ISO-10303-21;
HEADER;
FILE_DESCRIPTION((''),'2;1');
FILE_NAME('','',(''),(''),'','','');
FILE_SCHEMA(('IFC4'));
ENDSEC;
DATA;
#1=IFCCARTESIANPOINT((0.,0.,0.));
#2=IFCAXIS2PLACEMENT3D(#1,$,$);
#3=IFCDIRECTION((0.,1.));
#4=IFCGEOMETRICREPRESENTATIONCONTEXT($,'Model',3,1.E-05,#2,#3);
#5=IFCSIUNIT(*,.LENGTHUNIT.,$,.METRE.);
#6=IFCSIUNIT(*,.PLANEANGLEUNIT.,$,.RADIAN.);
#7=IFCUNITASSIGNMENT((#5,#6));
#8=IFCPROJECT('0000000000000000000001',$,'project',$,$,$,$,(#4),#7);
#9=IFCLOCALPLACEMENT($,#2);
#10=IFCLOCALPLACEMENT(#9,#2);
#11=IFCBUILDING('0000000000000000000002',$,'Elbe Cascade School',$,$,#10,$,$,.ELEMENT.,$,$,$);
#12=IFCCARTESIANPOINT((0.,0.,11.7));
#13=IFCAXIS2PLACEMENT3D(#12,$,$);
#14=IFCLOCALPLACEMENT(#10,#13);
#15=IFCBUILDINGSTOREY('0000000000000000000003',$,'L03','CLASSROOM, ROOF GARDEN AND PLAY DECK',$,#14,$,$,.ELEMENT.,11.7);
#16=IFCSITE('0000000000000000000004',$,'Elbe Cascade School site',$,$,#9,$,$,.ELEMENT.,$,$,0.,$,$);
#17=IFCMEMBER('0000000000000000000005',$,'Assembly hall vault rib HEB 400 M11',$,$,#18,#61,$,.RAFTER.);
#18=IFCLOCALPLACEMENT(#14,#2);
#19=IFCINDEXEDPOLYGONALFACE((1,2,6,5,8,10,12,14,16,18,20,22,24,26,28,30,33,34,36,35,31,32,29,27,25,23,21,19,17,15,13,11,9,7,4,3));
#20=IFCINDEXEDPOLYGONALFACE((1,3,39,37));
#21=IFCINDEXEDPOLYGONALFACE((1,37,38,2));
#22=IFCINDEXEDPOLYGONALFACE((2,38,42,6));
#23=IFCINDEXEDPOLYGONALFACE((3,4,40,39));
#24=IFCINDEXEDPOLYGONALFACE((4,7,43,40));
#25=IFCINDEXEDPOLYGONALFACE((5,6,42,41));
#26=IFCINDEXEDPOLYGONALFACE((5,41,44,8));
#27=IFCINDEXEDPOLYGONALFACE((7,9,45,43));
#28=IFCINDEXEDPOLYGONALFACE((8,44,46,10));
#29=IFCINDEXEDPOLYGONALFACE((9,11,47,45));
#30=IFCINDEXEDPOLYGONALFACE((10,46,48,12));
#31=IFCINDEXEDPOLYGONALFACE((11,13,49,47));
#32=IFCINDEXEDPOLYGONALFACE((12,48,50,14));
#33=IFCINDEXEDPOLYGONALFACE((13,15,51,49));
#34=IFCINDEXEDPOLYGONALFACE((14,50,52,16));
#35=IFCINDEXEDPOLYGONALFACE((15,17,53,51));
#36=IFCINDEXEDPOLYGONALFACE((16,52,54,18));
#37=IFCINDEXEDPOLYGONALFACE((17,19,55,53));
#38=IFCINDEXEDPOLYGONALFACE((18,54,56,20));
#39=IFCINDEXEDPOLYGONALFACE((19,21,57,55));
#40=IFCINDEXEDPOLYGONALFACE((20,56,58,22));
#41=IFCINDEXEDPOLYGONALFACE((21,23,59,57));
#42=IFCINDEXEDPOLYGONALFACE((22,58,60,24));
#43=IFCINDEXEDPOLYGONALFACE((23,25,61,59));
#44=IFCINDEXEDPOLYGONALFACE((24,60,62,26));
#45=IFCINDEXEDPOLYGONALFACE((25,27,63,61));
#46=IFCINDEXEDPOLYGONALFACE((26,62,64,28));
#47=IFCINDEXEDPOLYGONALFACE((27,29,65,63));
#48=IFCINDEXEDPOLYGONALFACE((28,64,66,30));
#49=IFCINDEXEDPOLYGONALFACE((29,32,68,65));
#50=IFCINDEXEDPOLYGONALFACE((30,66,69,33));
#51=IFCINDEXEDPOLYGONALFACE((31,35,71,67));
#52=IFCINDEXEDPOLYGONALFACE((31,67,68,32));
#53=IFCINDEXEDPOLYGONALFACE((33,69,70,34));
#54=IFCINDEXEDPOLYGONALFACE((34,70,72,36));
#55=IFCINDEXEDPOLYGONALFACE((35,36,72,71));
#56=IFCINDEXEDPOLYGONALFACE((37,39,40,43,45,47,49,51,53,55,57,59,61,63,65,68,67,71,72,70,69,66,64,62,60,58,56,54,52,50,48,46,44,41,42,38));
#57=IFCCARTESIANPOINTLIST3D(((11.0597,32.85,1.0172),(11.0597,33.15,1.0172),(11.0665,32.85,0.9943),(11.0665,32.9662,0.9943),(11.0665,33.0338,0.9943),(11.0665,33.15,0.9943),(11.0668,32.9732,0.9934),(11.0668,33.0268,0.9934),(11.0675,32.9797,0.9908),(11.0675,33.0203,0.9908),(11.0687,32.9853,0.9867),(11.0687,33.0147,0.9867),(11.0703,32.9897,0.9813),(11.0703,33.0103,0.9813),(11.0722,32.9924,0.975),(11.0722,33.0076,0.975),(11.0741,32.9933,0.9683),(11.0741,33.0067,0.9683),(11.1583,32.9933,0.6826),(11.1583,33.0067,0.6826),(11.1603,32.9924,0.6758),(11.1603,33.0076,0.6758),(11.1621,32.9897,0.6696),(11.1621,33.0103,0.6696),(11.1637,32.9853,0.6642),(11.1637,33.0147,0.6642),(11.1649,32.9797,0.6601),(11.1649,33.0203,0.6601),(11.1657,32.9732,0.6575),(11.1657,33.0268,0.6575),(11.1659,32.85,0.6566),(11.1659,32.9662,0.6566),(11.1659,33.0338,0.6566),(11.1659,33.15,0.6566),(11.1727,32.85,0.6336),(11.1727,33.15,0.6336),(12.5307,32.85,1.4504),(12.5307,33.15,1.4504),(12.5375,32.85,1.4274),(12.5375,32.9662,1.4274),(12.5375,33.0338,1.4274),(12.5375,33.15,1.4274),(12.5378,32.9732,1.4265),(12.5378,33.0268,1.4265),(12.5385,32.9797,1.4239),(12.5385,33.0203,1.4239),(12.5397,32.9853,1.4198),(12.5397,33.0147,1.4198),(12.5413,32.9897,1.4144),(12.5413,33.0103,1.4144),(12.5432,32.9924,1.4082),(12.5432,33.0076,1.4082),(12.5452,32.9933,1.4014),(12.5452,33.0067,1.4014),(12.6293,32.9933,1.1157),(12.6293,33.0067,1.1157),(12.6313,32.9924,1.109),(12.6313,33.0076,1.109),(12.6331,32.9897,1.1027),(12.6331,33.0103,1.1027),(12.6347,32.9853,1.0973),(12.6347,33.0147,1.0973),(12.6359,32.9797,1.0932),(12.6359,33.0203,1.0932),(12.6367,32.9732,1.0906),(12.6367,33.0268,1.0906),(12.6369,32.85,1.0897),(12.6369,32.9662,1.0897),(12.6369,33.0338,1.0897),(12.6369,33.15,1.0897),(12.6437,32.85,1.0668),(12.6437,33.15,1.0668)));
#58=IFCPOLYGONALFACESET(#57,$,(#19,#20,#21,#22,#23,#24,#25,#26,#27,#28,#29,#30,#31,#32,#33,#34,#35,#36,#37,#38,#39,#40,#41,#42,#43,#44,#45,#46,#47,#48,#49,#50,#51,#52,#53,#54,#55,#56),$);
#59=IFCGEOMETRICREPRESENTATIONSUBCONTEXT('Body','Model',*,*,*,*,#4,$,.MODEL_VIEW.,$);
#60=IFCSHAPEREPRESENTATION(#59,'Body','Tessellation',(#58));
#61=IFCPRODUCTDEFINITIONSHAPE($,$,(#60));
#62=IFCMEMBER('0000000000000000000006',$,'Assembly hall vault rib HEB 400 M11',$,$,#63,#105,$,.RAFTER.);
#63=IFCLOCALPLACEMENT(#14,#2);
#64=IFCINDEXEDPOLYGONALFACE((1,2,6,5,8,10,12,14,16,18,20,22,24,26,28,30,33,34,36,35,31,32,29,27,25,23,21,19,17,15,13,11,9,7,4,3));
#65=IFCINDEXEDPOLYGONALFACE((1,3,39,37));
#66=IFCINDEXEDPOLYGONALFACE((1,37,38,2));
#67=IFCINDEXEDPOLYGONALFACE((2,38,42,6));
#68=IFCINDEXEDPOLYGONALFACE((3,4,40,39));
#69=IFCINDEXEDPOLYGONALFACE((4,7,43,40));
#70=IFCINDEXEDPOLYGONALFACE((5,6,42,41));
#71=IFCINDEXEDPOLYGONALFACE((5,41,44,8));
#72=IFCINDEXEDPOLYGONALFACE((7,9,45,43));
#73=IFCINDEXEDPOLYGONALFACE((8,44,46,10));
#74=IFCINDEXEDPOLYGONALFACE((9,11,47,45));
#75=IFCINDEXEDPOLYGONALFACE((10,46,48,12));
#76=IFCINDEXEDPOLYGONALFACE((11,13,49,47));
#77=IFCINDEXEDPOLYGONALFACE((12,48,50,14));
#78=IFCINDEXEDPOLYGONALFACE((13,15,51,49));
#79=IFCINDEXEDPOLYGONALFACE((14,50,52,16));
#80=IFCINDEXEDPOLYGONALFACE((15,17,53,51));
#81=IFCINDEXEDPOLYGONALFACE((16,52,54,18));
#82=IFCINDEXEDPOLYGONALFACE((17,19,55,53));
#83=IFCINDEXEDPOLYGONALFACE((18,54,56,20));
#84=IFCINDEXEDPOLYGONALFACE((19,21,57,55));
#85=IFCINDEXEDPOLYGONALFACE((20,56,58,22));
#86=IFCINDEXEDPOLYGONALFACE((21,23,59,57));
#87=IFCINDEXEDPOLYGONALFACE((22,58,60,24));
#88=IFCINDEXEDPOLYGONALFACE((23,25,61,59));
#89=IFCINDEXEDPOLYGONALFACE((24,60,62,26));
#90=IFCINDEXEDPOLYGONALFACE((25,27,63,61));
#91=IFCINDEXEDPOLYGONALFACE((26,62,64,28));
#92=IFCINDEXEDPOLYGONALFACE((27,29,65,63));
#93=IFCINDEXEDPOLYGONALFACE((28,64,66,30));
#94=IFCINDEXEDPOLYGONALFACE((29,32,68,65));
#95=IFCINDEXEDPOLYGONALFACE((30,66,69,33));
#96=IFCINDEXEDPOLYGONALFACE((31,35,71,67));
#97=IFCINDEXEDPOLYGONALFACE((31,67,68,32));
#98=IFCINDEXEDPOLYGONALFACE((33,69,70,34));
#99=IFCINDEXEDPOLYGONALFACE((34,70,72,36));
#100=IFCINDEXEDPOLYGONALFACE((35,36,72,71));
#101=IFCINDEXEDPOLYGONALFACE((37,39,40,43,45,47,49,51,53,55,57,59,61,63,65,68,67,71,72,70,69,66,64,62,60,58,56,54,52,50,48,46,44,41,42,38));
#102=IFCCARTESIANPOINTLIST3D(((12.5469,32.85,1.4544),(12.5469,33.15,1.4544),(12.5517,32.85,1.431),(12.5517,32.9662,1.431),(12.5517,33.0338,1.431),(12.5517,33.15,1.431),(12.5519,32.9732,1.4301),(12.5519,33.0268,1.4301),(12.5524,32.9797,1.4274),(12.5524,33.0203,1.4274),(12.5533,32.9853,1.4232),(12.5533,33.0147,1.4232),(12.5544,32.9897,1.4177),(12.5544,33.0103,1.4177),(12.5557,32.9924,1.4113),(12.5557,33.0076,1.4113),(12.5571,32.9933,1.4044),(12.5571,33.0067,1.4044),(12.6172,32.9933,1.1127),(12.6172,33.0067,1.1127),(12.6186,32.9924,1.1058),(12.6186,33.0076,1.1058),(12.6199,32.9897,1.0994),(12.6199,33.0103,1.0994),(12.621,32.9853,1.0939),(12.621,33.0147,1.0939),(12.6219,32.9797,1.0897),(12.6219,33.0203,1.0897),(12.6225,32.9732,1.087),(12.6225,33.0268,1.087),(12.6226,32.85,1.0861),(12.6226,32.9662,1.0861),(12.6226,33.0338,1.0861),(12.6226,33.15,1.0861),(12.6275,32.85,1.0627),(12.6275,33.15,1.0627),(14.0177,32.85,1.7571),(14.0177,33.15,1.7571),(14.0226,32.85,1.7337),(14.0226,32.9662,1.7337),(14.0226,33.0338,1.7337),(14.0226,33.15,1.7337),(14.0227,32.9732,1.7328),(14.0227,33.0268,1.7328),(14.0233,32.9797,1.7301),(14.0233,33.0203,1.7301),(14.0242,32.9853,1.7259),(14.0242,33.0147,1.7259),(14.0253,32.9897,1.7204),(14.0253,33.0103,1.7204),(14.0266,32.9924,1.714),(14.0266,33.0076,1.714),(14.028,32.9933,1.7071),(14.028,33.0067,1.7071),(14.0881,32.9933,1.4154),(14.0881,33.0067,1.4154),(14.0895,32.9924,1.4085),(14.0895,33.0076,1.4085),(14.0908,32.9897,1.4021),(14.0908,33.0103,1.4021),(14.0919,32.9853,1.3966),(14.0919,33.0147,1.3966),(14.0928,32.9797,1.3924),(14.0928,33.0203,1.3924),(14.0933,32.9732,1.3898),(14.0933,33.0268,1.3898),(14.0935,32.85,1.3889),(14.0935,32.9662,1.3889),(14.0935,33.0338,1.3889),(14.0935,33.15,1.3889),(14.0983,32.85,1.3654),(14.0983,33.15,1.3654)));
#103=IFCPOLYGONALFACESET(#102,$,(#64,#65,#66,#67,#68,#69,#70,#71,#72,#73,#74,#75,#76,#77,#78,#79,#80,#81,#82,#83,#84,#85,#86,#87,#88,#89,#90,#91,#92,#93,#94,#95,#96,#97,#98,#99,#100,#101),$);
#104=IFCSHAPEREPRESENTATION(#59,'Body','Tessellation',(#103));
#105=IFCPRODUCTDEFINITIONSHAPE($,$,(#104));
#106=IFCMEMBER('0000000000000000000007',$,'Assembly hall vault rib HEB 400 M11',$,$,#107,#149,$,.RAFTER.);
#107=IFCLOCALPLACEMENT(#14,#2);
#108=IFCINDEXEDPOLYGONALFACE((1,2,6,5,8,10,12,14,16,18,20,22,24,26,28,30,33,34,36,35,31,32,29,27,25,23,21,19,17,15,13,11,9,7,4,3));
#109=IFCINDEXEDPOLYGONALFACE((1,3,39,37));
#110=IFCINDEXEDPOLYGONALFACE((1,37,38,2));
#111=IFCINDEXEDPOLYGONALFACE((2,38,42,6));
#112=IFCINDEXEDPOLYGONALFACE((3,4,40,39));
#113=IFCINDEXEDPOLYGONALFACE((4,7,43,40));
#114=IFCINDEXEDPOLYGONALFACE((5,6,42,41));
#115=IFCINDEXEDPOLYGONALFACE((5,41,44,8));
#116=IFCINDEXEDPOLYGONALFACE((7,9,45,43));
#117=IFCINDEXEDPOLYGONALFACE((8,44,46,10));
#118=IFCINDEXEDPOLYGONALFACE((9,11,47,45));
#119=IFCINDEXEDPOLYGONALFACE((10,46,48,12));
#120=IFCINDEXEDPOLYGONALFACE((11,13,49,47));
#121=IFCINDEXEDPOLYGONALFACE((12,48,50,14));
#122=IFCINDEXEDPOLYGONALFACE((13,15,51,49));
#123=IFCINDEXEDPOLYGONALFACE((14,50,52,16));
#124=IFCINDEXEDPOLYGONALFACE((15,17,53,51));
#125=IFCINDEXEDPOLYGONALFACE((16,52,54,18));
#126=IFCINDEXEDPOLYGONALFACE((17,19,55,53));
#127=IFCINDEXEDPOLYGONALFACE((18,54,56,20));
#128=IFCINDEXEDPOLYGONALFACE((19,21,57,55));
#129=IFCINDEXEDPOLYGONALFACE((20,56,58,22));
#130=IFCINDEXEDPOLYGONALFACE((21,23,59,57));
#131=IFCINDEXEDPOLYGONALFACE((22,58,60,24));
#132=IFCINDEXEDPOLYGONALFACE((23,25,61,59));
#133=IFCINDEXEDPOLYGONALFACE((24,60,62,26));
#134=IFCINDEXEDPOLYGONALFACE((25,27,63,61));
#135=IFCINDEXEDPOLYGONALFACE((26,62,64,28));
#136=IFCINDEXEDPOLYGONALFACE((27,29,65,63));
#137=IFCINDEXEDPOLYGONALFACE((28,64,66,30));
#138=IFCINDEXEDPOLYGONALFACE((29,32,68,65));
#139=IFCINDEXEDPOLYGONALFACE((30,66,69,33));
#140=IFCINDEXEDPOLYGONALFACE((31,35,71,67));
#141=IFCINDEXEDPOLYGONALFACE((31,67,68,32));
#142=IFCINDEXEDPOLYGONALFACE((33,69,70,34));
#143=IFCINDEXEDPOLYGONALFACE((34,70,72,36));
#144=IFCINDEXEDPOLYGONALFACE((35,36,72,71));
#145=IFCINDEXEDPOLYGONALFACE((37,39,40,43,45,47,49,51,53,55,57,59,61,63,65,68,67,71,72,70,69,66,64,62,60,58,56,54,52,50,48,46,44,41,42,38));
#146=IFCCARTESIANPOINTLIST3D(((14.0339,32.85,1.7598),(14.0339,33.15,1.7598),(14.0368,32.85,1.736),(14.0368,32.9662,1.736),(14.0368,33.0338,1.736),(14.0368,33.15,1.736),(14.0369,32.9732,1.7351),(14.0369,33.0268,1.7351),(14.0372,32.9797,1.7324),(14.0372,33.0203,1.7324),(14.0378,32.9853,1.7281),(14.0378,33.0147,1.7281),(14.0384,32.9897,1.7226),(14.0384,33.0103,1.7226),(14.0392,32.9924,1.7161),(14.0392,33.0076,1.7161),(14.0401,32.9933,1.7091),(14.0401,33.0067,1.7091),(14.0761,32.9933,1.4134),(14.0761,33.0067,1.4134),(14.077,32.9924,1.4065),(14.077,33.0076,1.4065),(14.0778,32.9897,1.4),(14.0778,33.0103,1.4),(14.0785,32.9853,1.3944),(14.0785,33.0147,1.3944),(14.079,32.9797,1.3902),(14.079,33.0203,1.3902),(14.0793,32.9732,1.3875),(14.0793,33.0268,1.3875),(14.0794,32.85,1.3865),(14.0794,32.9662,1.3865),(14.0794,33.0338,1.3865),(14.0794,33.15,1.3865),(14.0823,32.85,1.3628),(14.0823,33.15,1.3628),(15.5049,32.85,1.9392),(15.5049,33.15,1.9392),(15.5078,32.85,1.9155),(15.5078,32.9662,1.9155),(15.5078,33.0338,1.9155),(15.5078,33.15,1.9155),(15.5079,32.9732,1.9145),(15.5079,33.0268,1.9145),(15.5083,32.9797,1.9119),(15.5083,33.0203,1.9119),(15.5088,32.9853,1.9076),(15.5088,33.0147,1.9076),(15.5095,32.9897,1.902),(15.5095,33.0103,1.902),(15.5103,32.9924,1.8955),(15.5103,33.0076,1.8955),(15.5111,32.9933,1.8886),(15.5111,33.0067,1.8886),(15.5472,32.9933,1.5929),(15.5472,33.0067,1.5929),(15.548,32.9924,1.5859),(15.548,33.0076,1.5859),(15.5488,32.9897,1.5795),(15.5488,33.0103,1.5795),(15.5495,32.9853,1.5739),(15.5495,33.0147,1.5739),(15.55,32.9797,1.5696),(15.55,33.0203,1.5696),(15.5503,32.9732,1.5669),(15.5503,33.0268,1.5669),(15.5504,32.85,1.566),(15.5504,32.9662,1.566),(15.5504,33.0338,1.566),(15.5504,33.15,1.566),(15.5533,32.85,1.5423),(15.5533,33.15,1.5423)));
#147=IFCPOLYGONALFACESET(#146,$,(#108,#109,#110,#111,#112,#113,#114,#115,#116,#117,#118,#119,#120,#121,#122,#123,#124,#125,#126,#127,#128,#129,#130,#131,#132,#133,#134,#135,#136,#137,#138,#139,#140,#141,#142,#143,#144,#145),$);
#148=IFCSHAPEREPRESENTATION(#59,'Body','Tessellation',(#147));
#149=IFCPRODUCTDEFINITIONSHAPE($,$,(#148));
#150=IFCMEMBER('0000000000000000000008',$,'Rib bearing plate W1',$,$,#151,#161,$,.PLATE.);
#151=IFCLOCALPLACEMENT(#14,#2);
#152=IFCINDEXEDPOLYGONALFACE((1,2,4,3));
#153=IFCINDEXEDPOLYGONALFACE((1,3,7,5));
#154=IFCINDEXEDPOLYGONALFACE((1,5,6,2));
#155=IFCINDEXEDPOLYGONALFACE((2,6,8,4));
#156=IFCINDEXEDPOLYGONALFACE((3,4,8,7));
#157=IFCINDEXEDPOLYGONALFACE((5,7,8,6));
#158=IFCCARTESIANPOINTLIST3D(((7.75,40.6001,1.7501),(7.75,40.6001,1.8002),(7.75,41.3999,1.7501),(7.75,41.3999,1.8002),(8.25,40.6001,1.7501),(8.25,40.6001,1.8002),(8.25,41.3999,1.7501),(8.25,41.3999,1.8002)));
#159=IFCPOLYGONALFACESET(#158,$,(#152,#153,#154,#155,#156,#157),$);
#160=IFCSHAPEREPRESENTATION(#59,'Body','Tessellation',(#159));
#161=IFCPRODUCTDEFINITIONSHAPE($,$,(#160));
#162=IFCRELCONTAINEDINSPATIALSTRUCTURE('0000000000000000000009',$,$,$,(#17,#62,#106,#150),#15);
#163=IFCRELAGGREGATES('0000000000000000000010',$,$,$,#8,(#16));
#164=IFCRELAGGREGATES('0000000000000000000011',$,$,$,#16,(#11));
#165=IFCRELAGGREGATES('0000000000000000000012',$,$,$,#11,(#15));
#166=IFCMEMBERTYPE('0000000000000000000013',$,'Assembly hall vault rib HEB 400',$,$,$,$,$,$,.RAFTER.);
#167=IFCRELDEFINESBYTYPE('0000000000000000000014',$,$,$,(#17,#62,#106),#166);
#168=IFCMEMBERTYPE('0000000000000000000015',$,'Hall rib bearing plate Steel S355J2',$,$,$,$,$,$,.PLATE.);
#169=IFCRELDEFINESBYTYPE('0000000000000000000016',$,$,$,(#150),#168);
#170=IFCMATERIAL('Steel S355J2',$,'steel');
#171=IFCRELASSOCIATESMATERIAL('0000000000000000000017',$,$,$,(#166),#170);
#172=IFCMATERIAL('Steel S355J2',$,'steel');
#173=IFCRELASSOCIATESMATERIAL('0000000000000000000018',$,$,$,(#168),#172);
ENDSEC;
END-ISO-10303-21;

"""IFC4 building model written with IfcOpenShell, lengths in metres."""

from ifc_helpers import new_model, si_unit, direction, frame, origin, origin_2d, place, context, subcontext, project, spatial, rectangle, i_section, extrude, material, material_profile, profile_set, type_object, element, save


model = new_model("IFC4")

# Units and contexts
model_context = context("Model", 3, precision=1e-05, world=origin(), true_north=direction((0.0, 1.0)))
body_context = subcontext(model_context, "Body", "Model", "MODEL_VIEW")
ifc_project = project(units=[si_unit("LENGTHUNIT", "METRE"), si_unit("PLANEANGLEUNIT", "RADIAN")], contexts=[model_context])

# Site, building, storey
site_placement = place(None, origin())
site = spatial("IfcSite", under=ifc_project, at=site_placement, Name="Elbe Cascade School site", CompositionType="ELEMENT", RefElevation=0.0)
building_placement = place(site_placement, origin())
building = spatial("IfcBuilding", under=site, at=building_placement, Name="Elbe Cascade School", CompositionType="ELEMENT")
storey_placement = place(building_placement, frame((0.0, 0.0, 11.7)))
storey = spatial("IfcBuildingStorey", under=building, at=storey_placement, Name="L03", Description="CLASSROOM, ROOF GARDEN AND PLAY DECK", CompositionType="ELEMENT", Elevation=11.7)

# Members
ifc_material_1 = material(Name="Steel S355J2", Category="steel")
ifc_material_profile_1 = material_profile(ifc_material_1, i_section(OverallWidth=0.3, OverallDepth=0.3999, WebThickness=0.0134, FlangeThickness=0.0239, FilletRadius=0.0271, at=origin_2d()), Name="HEB 400")
ifc_profile_set_1 = profile_set([ifc_material_profile_1], Name="Steel S355J2")
member_type_1 = type_object("IfcMemberType", Name="Assembly hall vault rib HEB 400", PredefinedType="RAFTER", material=ifc_profile_set_1)
member_1_placement = place(storey_placement, frame((11.1162, 33.0, 0.8254), z_axis=(0.959282, 0.0, 0.282451), x_axis=(0.0, 1.0, 0.0)))
element("IfcMember", 1, at=member_1_placement, inside=storey, type_object=member_type_1, Name="Assembly hall vault rib HEB 400 M11", PredefinedType="RAFTER", context=body_context, shape_type="SweptSolid", body=[
    extrude(i_section(OverallWidth=0.3, OverallDepth=0.3999, WebThickness=0.0134, FlangeThickness=0.0239, FilletRadius=0.0271, at=origin_2d()), origin(), (0.0, 0.0, 1.0), 1.5334),
])
member_2_placement = place(storey_placement, frame((12.5872, 33.0, 1.2585), z_axis=(0.979471, 0.0, 0.201584), x_axis=(0.0, 1.0, 0.0)))
element("IfcMember", 2, at=member_2_placement, inside=storey, type_object=member_type_1, Name="Assembly hall vault rib HEB 400 M11", PredefinedType="RAFTER", context=body_context, shape_type="SweptSolid", body=[
    extrude(i_section(OverallWidth=0.3, OverallDepth=0.3999, WebThickness=0.0134, FlangeThickness=0.0239, FilletRadius=0.0271, at=origin_2d()), origin(), (0.0, 0.0, 1.0), 1.5017),
])
member_3_placement = place(storey_placement, frame((14.0581, 33.0, 1.5613), z_axis=(0.992641, 0.0, 0.121094), x_axis=(0.0, 1.0, 0.0)))
element("IfcMember", 3, at=member_3_placement, inside=storey, type_object=member_type_1, Name="Assembly hall vault rib HEB 400 M11", PredefinedType="RAFTER", context=body_context, shape_type="SweptSolid", body=[
    extrude(i_section(OverallWidth=0.3, OverallDepth=0.3999, WebThickness=0.0134, FlangeThickness=0.0239, FilletRadius=0.0271, at=origin_2d()), origin(), (0.0, 0.0, 1.0), 1.4819),
])
ifc_material_2 = material(Name="Steel S355J2", Category="steel")
ifc_material_profile_2 = material_profile(ifc_material_2, rectangle(XDim=0.5, YDim=0.05, at=origin_2d()), Name="PL 500x50")
ifc_profile_set_2 = profile_set([ifc_material_profile_2], Name="Steel S355J2")
member_type_2 = type_object("IfcMemberType", Name="Hall rib bearing plate Steel S355J2", PredefinedType="PLATE", material=ifc_profile_set_2)
member_4_placement = place(storey_placement, frame((8.0, 40.6001, 1.7751), z_axis=(0.0, 1.0, 0.0), x_axis=(-1.0, 0.0, 0.0)))
element("IfcMember", 4, at=member_4_placement, inside=storey, type_object=member_type_2, Name="Rib bearing plate W1", PredefinedType="PLATE", context=body_context, shape_type="SweptSolid", body=[
    extrude(rectangle(XDim=0.5, YDim=0.05, at=origin_2d()), origin(), (0.0, 0.0, 1.0), 0.7998),
])

save(model, "model.ifc")
